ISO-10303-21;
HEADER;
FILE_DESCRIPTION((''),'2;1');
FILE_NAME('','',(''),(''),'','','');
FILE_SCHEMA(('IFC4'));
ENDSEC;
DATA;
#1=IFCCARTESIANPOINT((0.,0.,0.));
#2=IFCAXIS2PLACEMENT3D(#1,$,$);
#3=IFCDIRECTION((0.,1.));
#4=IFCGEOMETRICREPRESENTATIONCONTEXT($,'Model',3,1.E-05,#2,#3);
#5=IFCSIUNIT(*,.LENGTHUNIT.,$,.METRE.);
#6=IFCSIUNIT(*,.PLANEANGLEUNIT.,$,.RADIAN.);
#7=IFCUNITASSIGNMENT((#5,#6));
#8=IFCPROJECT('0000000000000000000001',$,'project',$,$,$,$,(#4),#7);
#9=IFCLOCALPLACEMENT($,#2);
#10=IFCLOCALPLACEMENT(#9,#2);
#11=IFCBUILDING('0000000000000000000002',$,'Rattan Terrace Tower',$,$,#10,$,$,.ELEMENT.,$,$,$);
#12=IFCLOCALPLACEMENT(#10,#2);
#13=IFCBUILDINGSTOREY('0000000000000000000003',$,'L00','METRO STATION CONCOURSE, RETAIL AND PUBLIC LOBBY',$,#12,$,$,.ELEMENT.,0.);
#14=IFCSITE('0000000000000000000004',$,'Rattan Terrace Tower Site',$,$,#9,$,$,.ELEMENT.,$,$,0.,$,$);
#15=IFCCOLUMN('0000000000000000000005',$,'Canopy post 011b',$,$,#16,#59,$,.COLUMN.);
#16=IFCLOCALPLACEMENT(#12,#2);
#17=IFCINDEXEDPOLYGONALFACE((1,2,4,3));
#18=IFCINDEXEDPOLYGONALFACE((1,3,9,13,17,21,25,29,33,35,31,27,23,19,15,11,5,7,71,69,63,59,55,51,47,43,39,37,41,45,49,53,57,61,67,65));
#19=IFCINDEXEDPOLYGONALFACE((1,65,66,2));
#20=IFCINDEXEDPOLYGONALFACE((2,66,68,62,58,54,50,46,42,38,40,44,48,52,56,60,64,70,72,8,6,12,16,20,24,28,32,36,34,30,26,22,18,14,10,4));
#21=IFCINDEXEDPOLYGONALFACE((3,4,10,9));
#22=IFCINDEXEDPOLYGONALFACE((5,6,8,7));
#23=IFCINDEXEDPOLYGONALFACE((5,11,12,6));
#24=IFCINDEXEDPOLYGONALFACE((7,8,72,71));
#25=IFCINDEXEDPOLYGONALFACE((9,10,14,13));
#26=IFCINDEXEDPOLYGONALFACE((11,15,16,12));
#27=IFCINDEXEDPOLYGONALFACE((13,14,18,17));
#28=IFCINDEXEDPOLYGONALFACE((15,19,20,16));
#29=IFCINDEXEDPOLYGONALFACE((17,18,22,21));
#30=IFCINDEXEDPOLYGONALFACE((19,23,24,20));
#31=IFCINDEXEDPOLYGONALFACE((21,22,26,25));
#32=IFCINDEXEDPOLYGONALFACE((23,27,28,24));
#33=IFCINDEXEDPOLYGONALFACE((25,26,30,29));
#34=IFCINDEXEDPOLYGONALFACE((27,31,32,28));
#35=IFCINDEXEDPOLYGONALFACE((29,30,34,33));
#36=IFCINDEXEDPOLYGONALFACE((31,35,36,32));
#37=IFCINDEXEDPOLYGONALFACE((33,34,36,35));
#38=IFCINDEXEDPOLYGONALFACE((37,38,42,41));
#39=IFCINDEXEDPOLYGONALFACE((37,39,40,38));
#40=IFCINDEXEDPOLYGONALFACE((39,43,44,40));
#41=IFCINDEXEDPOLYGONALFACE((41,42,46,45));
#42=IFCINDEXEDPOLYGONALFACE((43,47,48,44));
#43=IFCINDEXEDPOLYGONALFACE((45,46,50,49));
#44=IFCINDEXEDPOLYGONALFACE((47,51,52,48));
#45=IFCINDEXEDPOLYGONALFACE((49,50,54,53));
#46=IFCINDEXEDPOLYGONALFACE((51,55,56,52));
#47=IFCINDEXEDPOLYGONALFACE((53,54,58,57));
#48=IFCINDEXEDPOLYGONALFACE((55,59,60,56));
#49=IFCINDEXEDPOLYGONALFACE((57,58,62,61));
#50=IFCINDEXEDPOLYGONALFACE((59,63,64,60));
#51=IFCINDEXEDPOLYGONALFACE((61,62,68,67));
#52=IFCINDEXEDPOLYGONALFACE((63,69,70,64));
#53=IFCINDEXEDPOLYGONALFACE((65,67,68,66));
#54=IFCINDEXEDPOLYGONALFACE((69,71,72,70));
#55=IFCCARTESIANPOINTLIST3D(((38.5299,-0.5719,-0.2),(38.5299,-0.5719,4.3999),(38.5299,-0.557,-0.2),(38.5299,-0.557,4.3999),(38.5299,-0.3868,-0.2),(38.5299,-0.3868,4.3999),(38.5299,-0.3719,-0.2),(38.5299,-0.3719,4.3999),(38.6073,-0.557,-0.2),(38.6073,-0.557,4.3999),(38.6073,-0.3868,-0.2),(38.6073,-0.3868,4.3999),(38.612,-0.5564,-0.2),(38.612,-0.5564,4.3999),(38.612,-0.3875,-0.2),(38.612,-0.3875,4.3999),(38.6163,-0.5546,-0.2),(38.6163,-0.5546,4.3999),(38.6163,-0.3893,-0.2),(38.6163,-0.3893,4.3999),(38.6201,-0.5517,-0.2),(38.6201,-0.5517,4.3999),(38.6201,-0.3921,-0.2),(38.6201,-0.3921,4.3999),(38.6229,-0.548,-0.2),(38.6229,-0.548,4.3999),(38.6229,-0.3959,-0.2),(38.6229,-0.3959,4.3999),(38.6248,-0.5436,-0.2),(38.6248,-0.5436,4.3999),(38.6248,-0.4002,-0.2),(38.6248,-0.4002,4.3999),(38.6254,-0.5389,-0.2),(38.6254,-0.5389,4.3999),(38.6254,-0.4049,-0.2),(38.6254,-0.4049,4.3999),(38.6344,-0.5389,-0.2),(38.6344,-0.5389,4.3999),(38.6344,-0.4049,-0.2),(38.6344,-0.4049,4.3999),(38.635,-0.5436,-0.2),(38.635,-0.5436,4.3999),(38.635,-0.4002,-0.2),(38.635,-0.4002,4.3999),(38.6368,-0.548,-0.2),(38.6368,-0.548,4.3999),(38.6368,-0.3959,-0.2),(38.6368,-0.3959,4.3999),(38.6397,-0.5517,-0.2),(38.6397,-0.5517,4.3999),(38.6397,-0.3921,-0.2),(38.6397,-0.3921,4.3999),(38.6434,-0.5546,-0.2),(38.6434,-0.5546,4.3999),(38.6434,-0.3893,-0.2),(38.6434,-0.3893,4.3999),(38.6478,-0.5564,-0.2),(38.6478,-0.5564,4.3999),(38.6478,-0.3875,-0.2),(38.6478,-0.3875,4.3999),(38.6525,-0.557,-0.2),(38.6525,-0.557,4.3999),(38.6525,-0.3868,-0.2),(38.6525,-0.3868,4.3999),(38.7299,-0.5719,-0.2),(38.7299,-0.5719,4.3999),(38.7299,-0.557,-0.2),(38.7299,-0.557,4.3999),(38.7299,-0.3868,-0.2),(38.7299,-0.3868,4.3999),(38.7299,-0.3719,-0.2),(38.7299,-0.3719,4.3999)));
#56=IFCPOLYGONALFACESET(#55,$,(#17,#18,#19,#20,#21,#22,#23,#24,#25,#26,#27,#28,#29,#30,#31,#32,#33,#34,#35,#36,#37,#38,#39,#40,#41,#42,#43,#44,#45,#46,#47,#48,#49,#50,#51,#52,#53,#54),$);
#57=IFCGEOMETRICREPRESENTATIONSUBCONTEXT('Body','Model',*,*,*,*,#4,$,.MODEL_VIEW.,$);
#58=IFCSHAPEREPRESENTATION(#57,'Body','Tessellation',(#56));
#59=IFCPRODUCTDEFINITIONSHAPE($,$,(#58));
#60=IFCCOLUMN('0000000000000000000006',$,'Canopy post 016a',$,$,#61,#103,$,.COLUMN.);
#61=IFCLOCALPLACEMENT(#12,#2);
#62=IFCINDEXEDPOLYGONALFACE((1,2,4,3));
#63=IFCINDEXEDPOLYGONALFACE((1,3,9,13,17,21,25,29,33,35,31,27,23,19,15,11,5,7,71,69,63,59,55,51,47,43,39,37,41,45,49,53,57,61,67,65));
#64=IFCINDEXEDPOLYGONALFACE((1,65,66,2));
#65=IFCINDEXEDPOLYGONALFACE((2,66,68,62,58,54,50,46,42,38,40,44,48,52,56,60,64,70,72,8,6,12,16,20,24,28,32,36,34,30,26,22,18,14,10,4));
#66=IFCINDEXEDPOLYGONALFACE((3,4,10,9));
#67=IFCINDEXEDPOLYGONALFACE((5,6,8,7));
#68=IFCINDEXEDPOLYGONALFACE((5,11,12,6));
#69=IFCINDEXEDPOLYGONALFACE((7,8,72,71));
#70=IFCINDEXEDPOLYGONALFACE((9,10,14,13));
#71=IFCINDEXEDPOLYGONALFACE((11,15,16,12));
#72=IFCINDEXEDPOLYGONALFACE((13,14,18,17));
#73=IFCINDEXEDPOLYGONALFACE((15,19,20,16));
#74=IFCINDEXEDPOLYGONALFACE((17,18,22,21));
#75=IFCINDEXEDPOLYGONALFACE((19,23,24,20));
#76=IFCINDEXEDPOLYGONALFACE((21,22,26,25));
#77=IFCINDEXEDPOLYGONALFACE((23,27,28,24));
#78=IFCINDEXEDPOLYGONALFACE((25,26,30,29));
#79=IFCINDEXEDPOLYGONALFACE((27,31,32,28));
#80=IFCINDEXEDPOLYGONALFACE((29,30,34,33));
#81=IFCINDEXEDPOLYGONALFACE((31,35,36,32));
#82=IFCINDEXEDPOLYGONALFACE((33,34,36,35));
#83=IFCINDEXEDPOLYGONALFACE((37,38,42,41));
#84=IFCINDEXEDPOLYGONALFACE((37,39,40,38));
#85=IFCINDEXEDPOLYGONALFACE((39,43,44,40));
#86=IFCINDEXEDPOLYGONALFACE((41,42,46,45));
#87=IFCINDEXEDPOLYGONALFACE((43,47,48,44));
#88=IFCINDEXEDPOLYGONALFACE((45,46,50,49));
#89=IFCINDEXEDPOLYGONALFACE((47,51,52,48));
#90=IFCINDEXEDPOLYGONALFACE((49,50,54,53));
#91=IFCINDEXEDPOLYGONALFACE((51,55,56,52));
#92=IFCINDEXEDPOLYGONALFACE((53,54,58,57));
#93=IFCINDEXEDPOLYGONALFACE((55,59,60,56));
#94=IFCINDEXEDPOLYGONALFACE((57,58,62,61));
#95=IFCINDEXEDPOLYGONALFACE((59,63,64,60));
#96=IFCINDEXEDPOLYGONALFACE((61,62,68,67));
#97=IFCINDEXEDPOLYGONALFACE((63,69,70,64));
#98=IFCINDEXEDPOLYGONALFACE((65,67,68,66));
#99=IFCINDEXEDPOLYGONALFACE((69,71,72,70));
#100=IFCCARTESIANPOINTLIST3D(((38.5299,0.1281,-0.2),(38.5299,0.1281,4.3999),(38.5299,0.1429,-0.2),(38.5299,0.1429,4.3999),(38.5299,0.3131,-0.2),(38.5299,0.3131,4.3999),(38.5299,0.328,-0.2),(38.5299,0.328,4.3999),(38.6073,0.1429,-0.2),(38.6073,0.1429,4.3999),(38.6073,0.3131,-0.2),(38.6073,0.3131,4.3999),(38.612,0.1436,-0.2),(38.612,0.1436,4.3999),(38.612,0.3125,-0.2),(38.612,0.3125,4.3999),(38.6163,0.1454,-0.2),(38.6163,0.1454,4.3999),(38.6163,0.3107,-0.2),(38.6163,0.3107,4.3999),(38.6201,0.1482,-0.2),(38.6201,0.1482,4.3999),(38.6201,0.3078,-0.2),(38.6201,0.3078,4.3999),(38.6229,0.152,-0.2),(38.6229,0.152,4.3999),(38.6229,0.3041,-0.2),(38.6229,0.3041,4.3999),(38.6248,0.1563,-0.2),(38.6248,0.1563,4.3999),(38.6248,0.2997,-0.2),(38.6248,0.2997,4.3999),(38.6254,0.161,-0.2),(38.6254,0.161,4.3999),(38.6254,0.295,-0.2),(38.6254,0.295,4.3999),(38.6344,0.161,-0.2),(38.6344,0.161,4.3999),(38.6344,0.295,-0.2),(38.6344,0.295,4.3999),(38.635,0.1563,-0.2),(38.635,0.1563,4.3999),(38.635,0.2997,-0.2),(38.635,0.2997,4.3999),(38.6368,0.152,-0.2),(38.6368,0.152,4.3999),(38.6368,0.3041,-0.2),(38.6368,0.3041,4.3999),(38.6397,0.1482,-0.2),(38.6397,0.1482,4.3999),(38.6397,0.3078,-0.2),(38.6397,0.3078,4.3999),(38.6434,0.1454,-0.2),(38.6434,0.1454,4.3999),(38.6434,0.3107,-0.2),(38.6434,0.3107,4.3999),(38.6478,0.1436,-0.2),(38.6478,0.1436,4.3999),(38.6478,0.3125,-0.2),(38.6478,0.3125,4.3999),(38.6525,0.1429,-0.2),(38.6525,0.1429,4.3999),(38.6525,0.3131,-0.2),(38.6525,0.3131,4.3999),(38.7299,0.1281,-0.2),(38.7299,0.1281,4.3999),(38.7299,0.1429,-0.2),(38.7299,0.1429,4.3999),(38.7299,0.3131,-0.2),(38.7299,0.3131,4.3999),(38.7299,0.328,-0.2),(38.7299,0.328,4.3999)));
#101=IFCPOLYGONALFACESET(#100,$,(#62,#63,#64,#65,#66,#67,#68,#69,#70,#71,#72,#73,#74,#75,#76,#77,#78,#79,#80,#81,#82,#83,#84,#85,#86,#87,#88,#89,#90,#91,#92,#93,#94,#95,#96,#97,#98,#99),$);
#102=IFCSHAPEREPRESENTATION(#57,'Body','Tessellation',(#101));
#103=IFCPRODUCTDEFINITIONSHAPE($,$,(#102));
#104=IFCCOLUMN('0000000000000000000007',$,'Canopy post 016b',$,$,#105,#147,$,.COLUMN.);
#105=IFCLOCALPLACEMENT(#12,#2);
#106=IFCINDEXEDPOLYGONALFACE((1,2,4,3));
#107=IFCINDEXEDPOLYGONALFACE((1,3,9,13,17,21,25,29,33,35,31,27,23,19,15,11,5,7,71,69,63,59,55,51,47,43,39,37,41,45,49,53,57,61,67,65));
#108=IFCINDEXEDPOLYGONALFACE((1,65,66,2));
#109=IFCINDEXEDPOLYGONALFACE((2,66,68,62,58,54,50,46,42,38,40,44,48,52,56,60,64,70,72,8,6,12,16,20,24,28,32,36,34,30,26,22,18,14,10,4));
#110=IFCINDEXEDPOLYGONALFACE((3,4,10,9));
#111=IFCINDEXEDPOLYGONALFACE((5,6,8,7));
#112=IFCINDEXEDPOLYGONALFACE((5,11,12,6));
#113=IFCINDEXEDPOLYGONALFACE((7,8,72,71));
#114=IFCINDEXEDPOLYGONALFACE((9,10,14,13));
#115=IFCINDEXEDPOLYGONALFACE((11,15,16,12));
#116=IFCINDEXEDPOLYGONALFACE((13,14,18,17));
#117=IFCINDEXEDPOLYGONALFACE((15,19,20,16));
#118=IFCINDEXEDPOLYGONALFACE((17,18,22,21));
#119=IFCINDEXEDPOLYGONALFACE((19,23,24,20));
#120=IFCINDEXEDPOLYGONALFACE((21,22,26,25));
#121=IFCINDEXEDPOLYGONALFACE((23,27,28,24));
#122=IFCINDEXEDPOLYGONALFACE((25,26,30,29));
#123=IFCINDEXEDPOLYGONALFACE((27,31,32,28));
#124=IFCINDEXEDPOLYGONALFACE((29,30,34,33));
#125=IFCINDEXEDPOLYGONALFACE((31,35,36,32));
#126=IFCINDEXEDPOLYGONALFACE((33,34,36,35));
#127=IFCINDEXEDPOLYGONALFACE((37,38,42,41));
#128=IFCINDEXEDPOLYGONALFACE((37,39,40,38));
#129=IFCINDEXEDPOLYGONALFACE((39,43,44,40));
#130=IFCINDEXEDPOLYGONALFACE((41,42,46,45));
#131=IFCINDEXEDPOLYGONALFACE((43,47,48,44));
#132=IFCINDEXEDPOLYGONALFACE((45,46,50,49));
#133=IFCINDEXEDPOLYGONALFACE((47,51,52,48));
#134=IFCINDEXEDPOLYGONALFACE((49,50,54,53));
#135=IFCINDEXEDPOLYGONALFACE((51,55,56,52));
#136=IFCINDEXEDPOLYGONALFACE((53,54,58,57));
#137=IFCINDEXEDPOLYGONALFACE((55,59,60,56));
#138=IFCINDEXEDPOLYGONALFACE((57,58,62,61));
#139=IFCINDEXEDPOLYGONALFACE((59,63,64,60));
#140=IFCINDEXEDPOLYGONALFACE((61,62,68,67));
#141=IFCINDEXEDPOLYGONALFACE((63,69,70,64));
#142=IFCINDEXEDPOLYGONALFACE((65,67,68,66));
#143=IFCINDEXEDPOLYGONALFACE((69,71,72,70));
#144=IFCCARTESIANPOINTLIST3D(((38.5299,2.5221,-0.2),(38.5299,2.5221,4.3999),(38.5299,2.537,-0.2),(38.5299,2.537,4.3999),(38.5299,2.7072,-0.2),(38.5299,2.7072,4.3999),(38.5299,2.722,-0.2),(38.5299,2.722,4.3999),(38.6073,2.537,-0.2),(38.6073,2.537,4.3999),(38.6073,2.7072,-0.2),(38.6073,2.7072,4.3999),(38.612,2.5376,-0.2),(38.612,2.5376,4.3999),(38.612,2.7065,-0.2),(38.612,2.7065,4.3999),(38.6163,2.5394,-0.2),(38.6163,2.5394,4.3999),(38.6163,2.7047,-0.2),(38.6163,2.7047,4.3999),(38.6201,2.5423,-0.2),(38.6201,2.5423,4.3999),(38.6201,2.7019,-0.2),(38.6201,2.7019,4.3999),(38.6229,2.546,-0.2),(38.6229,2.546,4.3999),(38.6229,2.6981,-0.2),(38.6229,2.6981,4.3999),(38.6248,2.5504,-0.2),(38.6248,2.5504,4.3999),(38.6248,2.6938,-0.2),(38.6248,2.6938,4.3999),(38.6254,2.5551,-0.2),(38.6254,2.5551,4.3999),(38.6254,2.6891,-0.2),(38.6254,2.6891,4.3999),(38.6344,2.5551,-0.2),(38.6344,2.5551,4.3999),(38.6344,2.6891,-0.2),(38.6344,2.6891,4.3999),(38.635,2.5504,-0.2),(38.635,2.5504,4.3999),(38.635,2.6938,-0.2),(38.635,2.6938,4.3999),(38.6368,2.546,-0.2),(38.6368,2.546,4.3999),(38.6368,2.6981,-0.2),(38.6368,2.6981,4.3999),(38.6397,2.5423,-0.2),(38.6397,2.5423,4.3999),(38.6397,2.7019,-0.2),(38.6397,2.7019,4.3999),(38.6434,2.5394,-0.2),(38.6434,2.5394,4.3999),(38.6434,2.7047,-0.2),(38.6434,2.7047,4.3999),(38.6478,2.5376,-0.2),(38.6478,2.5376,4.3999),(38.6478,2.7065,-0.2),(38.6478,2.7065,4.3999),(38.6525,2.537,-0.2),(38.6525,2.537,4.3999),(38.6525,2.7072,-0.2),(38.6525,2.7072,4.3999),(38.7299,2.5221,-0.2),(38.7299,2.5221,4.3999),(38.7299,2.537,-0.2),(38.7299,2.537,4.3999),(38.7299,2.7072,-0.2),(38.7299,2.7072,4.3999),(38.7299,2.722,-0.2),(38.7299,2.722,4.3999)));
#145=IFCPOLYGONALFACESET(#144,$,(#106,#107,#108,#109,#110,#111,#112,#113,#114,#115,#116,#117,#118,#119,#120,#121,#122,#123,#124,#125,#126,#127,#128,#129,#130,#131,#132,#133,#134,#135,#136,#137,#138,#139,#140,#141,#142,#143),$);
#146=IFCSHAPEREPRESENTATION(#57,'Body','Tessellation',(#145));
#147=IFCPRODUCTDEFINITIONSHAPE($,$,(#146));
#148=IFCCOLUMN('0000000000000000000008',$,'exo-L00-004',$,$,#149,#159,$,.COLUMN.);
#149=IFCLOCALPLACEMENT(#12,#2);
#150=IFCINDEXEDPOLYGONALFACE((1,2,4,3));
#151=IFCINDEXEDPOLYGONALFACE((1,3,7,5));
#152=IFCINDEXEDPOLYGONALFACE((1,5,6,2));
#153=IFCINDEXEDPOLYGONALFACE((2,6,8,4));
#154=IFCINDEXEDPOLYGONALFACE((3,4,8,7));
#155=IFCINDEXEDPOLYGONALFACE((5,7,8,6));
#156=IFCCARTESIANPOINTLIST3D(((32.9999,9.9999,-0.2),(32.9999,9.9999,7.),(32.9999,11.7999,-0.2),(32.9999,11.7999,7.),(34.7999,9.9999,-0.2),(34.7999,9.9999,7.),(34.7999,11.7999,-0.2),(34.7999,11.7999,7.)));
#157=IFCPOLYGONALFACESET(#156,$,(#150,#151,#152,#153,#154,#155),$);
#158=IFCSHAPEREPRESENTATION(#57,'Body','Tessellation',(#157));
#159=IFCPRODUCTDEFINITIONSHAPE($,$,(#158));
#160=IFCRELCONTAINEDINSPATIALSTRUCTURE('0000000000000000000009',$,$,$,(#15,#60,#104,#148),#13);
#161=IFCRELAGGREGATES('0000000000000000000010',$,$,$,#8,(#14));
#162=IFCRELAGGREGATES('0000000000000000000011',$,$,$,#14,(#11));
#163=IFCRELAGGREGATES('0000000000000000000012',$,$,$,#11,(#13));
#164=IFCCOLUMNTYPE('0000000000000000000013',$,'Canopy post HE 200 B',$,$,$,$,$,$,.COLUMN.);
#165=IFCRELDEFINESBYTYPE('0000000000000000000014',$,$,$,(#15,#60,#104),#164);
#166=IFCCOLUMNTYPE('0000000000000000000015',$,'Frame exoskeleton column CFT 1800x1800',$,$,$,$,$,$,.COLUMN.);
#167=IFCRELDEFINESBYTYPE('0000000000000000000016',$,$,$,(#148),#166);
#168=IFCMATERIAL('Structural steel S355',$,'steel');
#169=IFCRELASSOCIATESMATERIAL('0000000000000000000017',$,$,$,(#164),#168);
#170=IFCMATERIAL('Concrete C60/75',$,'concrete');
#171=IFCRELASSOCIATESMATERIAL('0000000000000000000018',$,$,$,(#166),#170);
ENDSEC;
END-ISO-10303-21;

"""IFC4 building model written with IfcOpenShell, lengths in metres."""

from ifc_helpers import new_model, si_unit, direction, frame, origin, origin_2d, place, context, subcontext, project, spatial, rectangle, i_section, extrude, material, material_profile, profile_set, type_object, element, save


model = new_model("IFC4")

# Units and contexts
model_context = context("Model", 3, precision=1e-05, world=origin(), true_north=direction((0.0, 1.0)))
body_context = subcontext(model_context, "Body", "Model", "MODEL_VIEW")
ifc_project = project(units=[si_unit("LENGTHUNIT", "METRE"), si_unit("PLANEANGLEUNIT", "RADIAN")], contexts=[model_context])

# Site, building, storey
site_placement = place(None, origin())
site = spatial("IfcSite", under=ifc_project, at=site_placement, Name="Rattan Terrace Tower Site", CompositionType="ELEMENT", RefElevation=0.0)
building_placement = place(site_placement, origin())
building = spatial("IfcBuilding", under=site, at=building_placement, Name="Rattan Terrace Tower", CompositionType="ELEMENT")
storey_placement = place(building_placement, origin())
storey = spatial("IfcBuildingStorey", under=building, at=storey_placement, Name="L00", Description="METRO STATION CONCOURSE, RETAIL AND PUBLIC LOBBY", CompositionType="ELEMENT", Elevation=0.0)

# Columns
ifc_material_1 = material(Name="Structural steel S355", Category="steel")
ifc_material_profile_1 = material_profile(ifc_material_1, i_section(OverallWidth=0.2, OverallDepth=0.2, WebThickness=0.009, FlangeThickness=0.0149, FilletRadius=0.0181, at=origin_2d()), Name="HE 200 B")
ifc_profile_set_1 = profile_set([ifc_material_profile_1], Name="Structural steel S355")
column_type_1 = type_object("IfcColumnType", Name="Canopy post HE 200 B", PredefinedType="COLUMN", material=ifc_profile_set_1)
for number, where, z_axis, x_axis, name in (
    (1, (38.6299, -0.4719, -0.2), (0.0, 0.0, 1.0), (1.0, 0.0, 0.0), "Canopy post 011b"),
    (2, (38.6299, 0.228, -0.2), (0.0, 0.0, 1.0), (1.0, 0.0, 0.0), "Canopy post 016a"),
    (3, (38.6299, 2.6221, -0.2), (0.0, 0.0, 1.0), (1.0, 0.0, 0.0), "Canopy post 016b"),
):
    element("IfcColumn", number, at=place(storey_placement, frame(where, z_axis=z_axis, x_axis=x_axis)), inside=storey, type_object=column_type_1, Name=name, PredefinedType="COLUMN", context=body_context, shape_type="SweptSolid", body=[
        extrude(i_section(OverallWidth=0.2, OverallDepth=0.2, WebThickness=0.009, FlangeThickness=0.0149, FilletRadius=0.0181, at=origin_2d()), origin(), (0.0, 0.0, 1.0), 4.5999),
    ])
ifc_material_2 = material(Name="Concrete C60/75", Category="concrete")
ifc_material_profile_2 = material_profile(ifc_material_2, rectangle(XDim=1.8, YDim=1.8, at=origin_2d()), Name="CFT 1800x1800")
ifc_profile_set_2 = profile_set([ifc_material_profile_2], Name="Concrete C60/75")
column_type_2 = type_object("IfcColumnType", Name="Frame exoskeleton column CFT 1800x1800", PredefinedType="COLUMN", material=ifc_profile_set_2)
column_placement = place(storey_placement, frame((33.8999, 10.8999, -0.2), z_axis=(0.0, 0.0, 1.0), x_axis=(1.0, 0.0, 0.0)))
element("IfcColumn", 4, at=column_placement, inside=storey, type_object=column_type_2, Name="exo-L00-004", PredefinedType="COLUMN", context=body_context, shape_type="SweptSolid", body=[
    extrude(rectangle(XDim=1.8, YDim=1.8, at=origin_2d()), origin(), (0.0, 0.0, 1.0), 7.2),
])

save(model, "model.ifc")
